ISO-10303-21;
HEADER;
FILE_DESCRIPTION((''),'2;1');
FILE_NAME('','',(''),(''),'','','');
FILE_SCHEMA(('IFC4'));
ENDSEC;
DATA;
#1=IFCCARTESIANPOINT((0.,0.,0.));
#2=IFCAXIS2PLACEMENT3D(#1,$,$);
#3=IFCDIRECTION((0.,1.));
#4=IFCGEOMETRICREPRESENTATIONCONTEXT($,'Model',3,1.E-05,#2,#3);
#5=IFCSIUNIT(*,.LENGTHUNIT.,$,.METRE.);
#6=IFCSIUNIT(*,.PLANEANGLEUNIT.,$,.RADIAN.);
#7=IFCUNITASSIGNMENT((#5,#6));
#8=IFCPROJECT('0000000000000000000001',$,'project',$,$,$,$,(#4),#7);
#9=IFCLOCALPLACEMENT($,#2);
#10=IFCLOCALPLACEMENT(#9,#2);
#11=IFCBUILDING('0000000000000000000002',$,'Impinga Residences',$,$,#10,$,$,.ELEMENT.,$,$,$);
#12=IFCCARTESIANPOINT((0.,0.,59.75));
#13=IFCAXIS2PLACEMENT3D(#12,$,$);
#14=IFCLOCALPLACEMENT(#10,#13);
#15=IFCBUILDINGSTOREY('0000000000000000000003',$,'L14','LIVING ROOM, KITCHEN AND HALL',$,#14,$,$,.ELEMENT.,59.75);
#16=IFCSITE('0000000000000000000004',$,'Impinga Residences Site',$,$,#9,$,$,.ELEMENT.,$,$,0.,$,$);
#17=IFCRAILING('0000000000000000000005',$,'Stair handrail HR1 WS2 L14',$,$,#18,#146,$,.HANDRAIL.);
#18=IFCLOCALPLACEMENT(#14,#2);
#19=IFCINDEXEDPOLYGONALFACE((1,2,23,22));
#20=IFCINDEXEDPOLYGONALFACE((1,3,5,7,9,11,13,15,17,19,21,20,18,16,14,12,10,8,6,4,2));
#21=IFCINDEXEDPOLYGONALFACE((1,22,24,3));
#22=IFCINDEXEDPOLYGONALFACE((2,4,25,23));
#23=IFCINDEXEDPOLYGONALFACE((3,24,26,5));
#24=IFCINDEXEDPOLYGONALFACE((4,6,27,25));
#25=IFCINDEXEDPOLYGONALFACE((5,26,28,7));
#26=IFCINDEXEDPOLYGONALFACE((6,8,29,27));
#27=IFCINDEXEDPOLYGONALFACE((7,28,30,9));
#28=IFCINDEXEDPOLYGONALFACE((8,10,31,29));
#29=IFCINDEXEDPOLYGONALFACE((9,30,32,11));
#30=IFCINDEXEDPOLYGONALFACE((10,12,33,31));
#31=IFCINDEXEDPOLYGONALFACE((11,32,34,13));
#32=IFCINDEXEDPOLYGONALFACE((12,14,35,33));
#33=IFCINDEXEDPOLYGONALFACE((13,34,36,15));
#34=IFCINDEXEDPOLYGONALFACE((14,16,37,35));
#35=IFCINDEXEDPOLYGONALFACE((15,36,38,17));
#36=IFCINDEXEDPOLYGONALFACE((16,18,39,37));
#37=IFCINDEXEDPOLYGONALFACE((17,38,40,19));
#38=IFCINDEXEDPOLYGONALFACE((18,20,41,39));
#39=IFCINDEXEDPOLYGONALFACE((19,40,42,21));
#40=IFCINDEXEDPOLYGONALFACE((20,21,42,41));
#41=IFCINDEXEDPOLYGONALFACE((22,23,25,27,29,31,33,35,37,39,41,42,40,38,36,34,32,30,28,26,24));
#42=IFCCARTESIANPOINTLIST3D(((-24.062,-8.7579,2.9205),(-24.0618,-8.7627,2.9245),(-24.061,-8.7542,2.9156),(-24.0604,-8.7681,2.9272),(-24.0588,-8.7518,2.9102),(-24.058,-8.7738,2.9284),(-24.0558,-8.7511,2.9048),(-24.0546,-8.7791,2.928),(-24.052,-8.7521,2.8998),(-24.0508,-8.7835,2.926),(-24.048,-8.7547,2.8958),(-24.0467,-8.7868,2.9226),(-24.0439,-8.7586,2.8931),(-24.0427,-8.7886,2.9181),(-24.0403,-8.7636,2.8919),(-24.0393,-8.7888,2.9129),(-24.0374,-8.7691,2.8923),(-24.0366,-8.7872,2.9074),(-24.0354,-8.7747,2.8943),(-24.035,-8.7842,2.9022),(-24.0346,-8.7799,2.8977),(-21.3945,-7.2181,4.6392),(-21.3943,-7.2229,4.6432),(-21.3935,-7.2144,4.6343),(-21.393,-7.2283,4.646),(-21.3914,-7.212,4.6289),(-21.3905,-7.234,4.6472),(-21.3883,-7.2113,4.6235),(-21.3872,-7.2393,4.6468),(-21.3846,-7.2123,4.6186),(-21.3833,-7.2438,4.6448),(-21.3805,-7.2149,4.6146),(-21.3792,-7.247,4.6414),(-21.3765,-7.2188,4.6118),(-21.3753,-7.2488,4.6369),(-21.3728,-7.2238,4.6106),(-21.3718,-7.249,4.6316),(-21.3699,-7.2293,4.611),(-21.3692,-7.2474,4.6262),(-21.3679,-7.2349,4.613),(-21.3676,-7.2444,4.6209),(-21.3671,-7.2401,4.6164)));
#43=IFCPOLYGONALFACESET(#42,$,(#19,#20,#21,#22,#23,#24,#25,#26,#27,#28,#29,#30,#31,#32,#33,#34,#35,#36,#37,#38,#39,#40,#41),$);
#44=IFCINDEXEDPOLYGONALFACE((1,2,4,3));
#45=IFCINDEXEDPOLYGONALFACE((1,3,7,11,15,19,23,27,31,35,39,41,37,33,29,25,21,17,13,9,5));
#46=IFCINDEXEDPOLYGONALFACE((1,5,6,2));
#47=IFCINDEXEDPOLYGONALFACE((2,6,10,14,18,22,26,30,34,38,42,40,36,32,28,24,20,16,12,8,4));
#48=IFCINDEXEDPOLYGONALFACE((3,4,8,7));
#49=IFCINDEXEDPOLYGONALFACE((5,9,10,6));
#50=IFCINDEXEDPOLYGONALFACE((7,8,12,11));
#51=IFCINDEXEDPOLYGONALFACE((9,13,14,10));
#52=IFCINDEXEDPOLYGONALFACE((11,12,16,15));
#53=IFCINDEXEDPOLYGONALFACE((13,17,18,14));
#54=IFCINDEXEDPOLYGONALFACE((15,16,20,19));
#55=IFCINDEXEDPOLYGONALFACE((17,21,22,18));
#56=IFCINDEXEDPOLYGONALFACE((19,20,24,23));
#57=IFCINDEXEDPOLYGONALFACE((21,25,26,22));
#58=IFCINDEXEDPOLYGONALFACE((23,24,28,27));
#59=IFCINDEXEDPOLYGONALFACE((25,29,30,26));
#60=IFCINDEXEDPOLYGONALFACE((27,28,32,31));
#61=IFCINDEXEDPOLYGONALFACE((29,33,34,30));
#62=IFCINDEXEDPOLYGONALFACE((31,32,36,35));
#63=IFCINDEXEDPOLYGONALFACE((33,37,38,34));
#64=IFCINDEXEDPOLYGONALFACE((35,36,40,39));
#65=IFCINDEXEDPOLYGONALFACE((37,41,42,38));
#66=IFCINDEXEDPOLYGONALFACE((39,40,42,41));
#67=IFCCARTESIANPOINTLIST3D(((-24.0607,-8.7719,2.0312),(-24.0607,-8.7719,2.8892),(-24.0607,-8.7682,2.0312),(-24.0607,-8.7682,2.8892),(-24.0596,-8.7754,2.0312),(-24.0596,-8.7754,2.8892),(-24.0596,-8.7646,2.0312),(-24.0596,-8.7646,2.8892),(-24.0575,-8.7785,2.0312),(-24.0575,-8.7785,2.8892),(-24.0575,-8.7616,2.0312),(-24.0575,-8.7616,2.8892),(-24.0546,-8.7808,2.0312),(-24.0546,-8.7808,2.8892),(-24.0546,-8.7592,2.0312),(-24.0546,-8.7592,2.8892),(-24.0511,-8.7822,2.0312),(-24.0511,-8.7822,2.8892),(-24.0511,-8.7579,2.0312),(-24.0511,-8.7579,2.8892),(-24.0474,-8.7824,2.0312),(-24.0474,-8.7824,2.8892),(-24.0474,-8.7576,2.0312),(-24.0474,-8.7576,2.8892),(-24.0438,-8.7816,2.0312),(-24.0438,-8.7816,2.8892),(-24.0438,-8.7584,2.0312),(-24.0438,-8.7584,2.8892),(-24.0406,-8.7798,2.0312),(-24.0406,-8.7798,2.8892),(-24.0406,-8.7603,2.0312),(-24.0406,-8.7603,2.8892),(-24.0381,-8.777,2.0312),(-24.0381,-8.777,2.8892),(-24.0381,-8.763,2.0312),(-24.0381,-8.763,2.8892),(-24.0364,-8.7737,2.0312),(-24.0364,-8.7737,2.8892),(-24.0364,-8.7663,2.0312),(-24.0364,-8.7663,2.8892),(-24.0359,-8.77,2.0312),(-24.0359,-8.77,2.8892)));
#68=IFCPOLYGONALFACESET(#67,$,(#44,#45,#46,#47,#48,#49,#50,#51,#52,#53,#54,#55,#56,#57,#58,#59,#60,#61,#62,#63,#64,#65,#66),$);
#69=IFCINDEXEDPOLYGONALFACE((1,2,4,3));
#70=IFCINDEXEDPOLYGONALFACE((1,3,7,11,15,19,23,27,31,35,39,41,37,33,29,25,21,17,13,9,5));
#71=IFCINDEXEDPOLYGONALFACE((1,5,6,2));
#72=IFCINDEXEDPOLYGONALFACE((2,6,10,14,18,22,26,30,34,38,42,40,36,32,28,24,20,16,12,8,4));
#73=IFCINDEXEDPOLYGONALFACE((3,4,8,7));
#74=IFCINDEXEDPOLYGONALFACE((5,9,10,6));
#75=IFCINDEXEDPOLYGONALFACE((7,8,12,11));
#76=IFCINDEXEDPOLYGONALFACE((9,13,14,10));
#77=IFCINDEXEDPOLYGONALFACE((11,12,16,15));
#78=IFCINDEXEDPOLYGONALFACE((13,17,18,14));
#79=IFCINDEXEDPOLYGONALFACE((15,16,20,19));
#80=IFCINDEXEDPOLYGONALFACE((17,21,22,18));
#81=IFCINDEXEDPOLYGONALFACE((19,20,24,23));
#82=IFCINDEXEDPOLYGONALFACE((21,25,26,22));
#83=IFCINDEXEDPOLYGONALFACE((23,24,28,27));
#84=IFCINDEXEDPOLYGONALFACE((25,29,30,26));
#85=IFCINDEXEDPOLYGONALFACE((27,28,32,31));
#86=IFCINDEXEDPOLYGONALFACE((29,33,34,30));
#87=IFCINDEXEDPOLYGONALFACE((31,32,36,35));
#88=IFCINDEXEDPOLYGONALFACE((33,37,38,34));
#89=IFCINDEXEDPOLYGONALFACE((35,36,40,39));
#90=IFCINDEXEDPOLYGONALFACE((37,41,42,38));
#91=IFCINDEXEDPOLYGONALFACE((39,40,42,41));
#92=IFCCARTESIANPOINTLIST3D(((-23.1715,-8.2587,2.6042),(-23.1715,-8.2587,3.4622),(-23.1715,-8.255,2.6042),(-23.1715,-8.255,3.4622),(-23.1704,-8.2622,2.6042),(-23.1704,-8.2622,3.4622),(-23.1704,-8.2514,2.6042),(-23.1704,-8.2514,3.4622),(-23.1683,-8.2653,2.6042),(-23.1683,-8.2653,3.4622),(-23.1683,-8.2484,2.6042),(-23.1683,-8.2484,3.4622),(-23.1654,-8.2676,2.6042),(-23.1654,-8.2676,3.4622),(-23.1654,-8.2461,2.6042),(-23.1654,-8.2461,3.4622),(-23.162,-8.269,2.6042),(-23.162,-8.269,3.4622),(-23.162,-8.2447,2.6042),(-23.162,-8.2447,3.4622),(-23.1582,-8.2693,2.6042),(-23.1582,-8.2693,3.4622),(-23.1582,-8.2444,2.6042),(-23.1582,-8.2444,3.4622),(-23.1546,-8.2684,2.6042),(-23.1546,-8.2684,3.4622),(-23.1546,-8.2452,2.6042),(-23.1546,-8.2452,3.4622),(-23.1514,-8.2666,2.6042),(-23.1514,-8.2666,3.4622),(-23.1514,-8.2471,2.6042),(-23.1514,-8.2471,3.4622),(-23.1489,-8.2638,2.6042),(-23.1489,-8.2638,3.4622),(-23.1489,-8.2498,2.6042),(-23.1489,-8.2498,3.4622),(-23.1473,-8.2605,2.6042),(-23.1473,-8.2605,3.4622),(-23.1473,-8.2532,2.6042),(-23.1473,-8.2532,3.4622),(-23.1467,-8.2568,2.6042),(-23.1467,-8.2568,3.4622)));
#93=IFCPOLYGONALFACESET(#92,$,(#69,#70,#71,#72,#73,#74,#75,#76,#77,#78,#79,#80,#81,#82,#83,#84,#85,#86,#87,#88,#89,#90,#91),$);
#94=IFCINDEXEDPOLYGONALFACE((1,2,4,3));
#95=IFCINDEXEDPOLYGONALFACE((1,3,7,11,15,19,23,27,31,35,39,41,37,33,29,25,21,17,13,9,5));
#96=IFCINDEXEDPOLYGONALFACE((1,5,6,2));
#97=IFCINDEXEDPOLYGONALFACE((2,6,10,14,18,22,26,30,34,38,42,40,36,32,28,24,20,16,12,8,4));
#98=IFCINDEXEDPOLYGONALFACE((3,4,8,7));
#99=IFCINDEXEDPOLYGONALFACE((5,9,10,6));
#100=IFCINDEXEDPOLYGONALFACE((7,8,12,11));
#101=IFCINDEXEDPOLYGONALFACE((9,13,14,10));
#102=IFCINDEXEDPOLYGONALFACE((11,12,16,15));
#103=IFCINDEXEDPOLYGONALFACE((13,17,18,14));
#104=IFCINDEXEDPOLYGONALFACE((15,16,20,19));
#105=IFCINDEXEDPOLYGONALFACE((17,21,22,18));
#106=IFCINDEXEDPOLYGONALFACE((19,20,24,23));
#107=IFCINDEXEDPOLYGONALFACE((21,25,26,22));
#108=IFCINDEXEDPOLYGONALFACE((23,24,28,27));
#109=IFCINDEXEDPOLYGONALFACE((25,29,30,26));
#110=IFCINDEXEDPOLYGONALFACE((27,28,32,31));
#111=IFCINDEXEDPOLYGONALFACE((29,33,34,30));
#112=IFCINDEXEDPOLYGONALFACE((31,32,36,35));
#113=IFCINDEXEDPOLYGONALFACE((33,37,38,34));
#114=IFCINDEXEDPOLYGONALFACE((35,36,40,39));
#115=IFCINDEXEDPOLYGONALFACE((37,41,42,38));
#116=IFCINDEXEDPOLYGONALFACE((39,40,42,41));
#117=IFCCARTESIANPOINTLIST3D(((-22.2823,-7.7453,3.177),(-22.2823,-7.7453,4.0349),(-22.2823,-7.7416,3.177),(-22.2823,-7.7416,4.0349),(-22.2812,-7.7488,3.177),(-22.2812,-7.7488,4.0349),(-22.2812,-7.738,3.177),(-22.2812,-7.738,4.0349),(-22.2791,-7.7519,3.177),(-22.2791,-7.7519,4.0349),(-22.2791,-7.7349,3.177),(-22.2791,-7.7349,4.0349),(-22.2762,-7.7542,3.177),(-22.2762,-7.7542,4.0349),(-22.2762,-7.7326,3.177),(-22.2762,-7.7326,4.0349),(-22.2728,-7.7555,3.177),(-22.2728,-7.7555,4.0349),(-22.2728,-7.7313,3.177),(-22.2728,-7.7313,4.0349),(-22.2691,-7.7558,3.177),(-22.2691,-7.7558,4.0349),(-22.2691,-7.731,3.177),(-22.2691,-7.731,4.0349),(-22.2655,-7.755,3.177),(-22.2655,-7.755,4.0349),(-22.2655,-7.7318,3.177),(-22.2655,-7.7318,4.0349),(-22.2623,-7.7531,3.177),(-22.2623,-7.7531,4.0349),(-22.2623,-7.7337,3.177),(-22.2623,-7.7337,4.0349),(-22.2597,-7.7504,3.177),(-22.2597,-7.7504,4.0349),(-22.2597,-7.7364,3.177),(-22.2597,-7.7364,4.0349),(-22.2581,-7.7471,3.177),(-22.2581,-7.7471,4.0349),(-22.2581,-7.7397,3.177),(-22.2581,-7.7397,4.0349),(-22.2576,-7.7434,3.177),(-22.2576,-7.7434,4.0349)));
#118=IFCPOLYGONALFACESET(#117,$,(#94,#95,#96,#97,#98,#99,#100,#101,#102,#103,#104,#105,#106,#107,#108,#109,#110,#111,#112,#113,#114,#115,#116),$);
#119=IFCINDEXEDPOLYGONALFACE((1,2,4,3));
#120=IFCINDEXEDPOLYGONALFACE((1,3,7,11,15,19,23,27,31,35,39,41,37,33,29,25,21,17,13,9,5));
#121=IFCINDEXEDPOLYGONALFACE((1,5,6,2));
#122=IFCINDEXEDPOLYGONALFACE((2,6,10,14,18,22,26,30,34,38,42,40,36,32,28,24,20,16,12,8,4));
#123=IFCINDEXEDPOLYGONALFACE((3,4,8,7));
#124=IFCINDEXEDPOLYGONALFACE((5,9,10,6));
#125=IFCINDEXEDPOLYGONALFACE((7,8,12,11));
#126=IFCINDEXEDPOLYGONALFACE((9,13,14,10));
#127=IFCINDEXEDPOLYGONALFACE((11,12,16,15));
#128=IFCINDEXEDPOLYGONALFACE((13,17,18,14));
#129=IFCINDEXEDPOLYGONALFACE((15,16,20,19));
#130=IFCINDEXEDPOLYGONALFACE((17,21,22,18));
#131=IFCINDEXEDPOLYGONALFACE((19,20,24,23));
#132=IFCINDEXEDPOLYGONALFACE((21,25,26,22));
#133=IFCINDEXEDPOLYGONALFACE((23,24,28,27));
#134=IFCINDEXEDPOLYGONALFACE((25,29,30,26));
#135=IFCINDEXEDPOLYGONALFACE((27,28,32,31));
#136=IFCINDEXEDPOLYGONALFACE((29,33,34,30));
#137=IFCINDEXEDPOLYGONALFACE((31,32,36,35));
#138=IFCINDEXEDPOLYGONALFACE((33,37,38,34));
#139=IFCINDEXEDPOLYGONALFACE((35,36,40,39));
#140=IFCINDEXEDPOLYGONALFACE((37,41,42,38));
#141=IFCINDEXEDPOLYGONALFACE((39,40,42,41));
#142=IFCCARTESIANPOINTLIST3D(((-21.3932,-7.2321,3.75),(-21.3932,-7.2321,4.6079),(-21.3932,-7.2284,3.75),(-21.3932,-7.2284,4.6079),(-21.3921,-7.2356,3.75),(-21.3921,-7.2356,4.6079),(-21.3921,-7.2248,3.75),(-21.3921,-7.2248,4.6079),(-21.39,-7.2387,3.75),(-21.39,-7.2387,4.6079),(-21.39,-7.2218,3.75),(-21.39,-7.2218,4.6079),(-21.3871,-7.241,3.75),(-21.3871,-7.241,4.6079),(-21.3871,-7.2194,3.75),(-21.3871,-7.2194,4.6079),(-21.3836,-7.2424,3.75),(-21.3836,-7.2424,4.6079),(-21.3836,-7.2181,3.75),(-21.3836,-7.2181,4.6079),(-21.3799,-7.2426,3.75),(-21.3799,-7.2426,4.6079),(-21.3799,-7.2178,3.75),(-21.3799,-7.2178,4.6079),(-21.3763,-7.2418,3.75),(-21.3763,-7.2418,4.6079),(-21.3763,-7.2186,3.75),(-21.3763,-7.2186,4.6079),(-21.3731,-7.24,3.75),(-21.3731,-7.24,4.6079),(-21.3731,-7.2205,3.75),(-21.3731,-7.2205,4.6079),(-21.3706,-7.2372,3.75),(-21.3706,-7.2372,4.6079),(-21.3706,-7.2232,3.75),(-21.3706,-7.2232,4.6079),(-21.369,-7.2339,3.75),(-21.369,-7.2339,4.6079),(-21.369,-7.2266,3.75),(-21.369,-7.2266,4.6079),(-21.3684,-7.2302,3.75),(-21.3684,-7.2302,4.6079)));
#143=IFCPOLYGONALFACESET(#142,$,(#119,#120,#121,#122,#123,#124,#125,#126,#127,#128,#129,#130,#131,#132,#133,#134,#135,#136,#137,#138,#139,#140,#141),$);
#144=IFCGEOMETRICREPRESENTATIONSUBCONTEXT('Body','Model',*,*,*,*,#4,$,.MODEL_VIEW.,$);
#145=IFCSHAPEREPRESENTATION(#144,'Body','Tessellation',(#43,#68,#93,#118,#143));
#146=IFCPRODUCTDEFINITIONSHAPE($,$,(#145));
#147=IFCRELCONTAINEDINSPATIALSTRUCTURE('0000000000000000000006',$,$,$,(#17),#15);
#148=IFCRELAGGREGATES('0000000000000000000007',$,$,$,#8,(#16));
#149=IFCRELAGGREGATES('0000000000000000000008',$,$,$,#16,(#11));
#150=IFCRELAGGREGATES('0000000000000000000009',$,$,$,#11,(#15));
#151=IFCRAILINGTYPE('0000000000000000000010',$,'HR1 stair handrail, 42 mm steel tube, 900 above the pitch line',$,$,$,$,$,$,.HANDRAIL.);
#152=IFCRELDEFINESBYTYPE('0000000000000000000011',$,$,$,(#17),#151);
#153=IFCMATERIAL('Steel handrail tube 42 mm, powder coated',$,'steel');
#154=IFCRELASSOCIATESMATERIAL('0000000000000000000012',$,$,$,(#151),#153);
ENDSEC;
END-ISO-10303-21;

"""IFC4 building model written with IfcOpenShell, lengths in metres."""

from ifc_helpers import new_model, si_unit, direction, frame, origin, origin_2d, place, context, subcontext, project, spatial, circle, extrude, material, type_object, element, save


model = new_model("IFC4")

# Units and contexts
model_context = context("Model", 3, precision=1e-05, world=origin(), true_north=direction((0.0, 1.0)))
body_context = subcontext(model_context, "Body", "Model", "MODEL_VIEW")
ifc_project = project(units=[si_unit("LENGTHUNIT", "METRE"), si_unit("PLANEANGLEUNIT", "RADIAN")], contexts=[model_context])

# Site, building, storey
site_placement = place(None, origin())
site = spatial("IfcSite", under=ifc_project, at=site_placement, Name="Impinga Residences Site", CompositionType="ELEMENT", RefElevation=0.0)
building_placement = place(site_placement, origin())
building = spatial("IfcBuilding", under=site, at=building_placement, Name="Impinga Residences", CompositionType="ELEMENT")
storey_placement = place(building_placement, frame((0.0, 0.0, 59.75)))
storey = spatial("IfcBuildingStorey", under=building, at=storey_placement, Name="L14", Description="LIVING ROOM, KITCHEN AND HALL", CompositionType="ELEMENT", Elevation=59.75)

# Railing
ifc_material_1 = material(Name="Steel handrail tube 42 mm, powder coated", Category="steel")
railing_type_1 = type_object("IfcRailingType", Name="HR1 stair handrail, 42 mm steel tube, 900 above the pitch line", PredefinedType="HANDRAIL", material=ifc_material_1)
railing_1_placement = place(storey_placement, frame((-24.0483, -8.77, 2.0312)))
element("IfcRailing", 1, at=railing_1_placement, inside=storey, type_object=railing_type_1, Name="Stair handrail HR1 WS2 L14", PredefinedType="HANDRAIL", context=body_context, shape_type="SweptSolid", body=[
    extrude(circle(Radius=0.021, at=origin_2d()), frame((0.0, 0.0, 0.8789), z_axis=(0.756279, 0.43656, 0.487297), x_axis=(-0.499933, 0.866064, 0.0)), (0.0, 0.0, 1.0), 3.5271),
    extrude(circle(Radius=0.0125, at=origin_2d()), origin(), (0.0, 0.0, 1.0), 0.8579),
    extrude(circle(Radius=0.0125, at=origin_2d()), frame((0.8892, 0.5132, 0.573)), (0.0, 0.0, 1.0), 0.8579),
    extrude(circle(Radius=0.0125, at=origin_2d()), frame((1.7783, 1.0266, 1.1458)), (0.0, 0.0, 1.0), 0.8579),
    extrude(circle(Radius=0.0125, at=origin_2d()), frame((2.6675, 1.5398, 1.7188)), (0.0, 0.0, 1.0), 0.8579),
])

save(model, "model.ifc")
